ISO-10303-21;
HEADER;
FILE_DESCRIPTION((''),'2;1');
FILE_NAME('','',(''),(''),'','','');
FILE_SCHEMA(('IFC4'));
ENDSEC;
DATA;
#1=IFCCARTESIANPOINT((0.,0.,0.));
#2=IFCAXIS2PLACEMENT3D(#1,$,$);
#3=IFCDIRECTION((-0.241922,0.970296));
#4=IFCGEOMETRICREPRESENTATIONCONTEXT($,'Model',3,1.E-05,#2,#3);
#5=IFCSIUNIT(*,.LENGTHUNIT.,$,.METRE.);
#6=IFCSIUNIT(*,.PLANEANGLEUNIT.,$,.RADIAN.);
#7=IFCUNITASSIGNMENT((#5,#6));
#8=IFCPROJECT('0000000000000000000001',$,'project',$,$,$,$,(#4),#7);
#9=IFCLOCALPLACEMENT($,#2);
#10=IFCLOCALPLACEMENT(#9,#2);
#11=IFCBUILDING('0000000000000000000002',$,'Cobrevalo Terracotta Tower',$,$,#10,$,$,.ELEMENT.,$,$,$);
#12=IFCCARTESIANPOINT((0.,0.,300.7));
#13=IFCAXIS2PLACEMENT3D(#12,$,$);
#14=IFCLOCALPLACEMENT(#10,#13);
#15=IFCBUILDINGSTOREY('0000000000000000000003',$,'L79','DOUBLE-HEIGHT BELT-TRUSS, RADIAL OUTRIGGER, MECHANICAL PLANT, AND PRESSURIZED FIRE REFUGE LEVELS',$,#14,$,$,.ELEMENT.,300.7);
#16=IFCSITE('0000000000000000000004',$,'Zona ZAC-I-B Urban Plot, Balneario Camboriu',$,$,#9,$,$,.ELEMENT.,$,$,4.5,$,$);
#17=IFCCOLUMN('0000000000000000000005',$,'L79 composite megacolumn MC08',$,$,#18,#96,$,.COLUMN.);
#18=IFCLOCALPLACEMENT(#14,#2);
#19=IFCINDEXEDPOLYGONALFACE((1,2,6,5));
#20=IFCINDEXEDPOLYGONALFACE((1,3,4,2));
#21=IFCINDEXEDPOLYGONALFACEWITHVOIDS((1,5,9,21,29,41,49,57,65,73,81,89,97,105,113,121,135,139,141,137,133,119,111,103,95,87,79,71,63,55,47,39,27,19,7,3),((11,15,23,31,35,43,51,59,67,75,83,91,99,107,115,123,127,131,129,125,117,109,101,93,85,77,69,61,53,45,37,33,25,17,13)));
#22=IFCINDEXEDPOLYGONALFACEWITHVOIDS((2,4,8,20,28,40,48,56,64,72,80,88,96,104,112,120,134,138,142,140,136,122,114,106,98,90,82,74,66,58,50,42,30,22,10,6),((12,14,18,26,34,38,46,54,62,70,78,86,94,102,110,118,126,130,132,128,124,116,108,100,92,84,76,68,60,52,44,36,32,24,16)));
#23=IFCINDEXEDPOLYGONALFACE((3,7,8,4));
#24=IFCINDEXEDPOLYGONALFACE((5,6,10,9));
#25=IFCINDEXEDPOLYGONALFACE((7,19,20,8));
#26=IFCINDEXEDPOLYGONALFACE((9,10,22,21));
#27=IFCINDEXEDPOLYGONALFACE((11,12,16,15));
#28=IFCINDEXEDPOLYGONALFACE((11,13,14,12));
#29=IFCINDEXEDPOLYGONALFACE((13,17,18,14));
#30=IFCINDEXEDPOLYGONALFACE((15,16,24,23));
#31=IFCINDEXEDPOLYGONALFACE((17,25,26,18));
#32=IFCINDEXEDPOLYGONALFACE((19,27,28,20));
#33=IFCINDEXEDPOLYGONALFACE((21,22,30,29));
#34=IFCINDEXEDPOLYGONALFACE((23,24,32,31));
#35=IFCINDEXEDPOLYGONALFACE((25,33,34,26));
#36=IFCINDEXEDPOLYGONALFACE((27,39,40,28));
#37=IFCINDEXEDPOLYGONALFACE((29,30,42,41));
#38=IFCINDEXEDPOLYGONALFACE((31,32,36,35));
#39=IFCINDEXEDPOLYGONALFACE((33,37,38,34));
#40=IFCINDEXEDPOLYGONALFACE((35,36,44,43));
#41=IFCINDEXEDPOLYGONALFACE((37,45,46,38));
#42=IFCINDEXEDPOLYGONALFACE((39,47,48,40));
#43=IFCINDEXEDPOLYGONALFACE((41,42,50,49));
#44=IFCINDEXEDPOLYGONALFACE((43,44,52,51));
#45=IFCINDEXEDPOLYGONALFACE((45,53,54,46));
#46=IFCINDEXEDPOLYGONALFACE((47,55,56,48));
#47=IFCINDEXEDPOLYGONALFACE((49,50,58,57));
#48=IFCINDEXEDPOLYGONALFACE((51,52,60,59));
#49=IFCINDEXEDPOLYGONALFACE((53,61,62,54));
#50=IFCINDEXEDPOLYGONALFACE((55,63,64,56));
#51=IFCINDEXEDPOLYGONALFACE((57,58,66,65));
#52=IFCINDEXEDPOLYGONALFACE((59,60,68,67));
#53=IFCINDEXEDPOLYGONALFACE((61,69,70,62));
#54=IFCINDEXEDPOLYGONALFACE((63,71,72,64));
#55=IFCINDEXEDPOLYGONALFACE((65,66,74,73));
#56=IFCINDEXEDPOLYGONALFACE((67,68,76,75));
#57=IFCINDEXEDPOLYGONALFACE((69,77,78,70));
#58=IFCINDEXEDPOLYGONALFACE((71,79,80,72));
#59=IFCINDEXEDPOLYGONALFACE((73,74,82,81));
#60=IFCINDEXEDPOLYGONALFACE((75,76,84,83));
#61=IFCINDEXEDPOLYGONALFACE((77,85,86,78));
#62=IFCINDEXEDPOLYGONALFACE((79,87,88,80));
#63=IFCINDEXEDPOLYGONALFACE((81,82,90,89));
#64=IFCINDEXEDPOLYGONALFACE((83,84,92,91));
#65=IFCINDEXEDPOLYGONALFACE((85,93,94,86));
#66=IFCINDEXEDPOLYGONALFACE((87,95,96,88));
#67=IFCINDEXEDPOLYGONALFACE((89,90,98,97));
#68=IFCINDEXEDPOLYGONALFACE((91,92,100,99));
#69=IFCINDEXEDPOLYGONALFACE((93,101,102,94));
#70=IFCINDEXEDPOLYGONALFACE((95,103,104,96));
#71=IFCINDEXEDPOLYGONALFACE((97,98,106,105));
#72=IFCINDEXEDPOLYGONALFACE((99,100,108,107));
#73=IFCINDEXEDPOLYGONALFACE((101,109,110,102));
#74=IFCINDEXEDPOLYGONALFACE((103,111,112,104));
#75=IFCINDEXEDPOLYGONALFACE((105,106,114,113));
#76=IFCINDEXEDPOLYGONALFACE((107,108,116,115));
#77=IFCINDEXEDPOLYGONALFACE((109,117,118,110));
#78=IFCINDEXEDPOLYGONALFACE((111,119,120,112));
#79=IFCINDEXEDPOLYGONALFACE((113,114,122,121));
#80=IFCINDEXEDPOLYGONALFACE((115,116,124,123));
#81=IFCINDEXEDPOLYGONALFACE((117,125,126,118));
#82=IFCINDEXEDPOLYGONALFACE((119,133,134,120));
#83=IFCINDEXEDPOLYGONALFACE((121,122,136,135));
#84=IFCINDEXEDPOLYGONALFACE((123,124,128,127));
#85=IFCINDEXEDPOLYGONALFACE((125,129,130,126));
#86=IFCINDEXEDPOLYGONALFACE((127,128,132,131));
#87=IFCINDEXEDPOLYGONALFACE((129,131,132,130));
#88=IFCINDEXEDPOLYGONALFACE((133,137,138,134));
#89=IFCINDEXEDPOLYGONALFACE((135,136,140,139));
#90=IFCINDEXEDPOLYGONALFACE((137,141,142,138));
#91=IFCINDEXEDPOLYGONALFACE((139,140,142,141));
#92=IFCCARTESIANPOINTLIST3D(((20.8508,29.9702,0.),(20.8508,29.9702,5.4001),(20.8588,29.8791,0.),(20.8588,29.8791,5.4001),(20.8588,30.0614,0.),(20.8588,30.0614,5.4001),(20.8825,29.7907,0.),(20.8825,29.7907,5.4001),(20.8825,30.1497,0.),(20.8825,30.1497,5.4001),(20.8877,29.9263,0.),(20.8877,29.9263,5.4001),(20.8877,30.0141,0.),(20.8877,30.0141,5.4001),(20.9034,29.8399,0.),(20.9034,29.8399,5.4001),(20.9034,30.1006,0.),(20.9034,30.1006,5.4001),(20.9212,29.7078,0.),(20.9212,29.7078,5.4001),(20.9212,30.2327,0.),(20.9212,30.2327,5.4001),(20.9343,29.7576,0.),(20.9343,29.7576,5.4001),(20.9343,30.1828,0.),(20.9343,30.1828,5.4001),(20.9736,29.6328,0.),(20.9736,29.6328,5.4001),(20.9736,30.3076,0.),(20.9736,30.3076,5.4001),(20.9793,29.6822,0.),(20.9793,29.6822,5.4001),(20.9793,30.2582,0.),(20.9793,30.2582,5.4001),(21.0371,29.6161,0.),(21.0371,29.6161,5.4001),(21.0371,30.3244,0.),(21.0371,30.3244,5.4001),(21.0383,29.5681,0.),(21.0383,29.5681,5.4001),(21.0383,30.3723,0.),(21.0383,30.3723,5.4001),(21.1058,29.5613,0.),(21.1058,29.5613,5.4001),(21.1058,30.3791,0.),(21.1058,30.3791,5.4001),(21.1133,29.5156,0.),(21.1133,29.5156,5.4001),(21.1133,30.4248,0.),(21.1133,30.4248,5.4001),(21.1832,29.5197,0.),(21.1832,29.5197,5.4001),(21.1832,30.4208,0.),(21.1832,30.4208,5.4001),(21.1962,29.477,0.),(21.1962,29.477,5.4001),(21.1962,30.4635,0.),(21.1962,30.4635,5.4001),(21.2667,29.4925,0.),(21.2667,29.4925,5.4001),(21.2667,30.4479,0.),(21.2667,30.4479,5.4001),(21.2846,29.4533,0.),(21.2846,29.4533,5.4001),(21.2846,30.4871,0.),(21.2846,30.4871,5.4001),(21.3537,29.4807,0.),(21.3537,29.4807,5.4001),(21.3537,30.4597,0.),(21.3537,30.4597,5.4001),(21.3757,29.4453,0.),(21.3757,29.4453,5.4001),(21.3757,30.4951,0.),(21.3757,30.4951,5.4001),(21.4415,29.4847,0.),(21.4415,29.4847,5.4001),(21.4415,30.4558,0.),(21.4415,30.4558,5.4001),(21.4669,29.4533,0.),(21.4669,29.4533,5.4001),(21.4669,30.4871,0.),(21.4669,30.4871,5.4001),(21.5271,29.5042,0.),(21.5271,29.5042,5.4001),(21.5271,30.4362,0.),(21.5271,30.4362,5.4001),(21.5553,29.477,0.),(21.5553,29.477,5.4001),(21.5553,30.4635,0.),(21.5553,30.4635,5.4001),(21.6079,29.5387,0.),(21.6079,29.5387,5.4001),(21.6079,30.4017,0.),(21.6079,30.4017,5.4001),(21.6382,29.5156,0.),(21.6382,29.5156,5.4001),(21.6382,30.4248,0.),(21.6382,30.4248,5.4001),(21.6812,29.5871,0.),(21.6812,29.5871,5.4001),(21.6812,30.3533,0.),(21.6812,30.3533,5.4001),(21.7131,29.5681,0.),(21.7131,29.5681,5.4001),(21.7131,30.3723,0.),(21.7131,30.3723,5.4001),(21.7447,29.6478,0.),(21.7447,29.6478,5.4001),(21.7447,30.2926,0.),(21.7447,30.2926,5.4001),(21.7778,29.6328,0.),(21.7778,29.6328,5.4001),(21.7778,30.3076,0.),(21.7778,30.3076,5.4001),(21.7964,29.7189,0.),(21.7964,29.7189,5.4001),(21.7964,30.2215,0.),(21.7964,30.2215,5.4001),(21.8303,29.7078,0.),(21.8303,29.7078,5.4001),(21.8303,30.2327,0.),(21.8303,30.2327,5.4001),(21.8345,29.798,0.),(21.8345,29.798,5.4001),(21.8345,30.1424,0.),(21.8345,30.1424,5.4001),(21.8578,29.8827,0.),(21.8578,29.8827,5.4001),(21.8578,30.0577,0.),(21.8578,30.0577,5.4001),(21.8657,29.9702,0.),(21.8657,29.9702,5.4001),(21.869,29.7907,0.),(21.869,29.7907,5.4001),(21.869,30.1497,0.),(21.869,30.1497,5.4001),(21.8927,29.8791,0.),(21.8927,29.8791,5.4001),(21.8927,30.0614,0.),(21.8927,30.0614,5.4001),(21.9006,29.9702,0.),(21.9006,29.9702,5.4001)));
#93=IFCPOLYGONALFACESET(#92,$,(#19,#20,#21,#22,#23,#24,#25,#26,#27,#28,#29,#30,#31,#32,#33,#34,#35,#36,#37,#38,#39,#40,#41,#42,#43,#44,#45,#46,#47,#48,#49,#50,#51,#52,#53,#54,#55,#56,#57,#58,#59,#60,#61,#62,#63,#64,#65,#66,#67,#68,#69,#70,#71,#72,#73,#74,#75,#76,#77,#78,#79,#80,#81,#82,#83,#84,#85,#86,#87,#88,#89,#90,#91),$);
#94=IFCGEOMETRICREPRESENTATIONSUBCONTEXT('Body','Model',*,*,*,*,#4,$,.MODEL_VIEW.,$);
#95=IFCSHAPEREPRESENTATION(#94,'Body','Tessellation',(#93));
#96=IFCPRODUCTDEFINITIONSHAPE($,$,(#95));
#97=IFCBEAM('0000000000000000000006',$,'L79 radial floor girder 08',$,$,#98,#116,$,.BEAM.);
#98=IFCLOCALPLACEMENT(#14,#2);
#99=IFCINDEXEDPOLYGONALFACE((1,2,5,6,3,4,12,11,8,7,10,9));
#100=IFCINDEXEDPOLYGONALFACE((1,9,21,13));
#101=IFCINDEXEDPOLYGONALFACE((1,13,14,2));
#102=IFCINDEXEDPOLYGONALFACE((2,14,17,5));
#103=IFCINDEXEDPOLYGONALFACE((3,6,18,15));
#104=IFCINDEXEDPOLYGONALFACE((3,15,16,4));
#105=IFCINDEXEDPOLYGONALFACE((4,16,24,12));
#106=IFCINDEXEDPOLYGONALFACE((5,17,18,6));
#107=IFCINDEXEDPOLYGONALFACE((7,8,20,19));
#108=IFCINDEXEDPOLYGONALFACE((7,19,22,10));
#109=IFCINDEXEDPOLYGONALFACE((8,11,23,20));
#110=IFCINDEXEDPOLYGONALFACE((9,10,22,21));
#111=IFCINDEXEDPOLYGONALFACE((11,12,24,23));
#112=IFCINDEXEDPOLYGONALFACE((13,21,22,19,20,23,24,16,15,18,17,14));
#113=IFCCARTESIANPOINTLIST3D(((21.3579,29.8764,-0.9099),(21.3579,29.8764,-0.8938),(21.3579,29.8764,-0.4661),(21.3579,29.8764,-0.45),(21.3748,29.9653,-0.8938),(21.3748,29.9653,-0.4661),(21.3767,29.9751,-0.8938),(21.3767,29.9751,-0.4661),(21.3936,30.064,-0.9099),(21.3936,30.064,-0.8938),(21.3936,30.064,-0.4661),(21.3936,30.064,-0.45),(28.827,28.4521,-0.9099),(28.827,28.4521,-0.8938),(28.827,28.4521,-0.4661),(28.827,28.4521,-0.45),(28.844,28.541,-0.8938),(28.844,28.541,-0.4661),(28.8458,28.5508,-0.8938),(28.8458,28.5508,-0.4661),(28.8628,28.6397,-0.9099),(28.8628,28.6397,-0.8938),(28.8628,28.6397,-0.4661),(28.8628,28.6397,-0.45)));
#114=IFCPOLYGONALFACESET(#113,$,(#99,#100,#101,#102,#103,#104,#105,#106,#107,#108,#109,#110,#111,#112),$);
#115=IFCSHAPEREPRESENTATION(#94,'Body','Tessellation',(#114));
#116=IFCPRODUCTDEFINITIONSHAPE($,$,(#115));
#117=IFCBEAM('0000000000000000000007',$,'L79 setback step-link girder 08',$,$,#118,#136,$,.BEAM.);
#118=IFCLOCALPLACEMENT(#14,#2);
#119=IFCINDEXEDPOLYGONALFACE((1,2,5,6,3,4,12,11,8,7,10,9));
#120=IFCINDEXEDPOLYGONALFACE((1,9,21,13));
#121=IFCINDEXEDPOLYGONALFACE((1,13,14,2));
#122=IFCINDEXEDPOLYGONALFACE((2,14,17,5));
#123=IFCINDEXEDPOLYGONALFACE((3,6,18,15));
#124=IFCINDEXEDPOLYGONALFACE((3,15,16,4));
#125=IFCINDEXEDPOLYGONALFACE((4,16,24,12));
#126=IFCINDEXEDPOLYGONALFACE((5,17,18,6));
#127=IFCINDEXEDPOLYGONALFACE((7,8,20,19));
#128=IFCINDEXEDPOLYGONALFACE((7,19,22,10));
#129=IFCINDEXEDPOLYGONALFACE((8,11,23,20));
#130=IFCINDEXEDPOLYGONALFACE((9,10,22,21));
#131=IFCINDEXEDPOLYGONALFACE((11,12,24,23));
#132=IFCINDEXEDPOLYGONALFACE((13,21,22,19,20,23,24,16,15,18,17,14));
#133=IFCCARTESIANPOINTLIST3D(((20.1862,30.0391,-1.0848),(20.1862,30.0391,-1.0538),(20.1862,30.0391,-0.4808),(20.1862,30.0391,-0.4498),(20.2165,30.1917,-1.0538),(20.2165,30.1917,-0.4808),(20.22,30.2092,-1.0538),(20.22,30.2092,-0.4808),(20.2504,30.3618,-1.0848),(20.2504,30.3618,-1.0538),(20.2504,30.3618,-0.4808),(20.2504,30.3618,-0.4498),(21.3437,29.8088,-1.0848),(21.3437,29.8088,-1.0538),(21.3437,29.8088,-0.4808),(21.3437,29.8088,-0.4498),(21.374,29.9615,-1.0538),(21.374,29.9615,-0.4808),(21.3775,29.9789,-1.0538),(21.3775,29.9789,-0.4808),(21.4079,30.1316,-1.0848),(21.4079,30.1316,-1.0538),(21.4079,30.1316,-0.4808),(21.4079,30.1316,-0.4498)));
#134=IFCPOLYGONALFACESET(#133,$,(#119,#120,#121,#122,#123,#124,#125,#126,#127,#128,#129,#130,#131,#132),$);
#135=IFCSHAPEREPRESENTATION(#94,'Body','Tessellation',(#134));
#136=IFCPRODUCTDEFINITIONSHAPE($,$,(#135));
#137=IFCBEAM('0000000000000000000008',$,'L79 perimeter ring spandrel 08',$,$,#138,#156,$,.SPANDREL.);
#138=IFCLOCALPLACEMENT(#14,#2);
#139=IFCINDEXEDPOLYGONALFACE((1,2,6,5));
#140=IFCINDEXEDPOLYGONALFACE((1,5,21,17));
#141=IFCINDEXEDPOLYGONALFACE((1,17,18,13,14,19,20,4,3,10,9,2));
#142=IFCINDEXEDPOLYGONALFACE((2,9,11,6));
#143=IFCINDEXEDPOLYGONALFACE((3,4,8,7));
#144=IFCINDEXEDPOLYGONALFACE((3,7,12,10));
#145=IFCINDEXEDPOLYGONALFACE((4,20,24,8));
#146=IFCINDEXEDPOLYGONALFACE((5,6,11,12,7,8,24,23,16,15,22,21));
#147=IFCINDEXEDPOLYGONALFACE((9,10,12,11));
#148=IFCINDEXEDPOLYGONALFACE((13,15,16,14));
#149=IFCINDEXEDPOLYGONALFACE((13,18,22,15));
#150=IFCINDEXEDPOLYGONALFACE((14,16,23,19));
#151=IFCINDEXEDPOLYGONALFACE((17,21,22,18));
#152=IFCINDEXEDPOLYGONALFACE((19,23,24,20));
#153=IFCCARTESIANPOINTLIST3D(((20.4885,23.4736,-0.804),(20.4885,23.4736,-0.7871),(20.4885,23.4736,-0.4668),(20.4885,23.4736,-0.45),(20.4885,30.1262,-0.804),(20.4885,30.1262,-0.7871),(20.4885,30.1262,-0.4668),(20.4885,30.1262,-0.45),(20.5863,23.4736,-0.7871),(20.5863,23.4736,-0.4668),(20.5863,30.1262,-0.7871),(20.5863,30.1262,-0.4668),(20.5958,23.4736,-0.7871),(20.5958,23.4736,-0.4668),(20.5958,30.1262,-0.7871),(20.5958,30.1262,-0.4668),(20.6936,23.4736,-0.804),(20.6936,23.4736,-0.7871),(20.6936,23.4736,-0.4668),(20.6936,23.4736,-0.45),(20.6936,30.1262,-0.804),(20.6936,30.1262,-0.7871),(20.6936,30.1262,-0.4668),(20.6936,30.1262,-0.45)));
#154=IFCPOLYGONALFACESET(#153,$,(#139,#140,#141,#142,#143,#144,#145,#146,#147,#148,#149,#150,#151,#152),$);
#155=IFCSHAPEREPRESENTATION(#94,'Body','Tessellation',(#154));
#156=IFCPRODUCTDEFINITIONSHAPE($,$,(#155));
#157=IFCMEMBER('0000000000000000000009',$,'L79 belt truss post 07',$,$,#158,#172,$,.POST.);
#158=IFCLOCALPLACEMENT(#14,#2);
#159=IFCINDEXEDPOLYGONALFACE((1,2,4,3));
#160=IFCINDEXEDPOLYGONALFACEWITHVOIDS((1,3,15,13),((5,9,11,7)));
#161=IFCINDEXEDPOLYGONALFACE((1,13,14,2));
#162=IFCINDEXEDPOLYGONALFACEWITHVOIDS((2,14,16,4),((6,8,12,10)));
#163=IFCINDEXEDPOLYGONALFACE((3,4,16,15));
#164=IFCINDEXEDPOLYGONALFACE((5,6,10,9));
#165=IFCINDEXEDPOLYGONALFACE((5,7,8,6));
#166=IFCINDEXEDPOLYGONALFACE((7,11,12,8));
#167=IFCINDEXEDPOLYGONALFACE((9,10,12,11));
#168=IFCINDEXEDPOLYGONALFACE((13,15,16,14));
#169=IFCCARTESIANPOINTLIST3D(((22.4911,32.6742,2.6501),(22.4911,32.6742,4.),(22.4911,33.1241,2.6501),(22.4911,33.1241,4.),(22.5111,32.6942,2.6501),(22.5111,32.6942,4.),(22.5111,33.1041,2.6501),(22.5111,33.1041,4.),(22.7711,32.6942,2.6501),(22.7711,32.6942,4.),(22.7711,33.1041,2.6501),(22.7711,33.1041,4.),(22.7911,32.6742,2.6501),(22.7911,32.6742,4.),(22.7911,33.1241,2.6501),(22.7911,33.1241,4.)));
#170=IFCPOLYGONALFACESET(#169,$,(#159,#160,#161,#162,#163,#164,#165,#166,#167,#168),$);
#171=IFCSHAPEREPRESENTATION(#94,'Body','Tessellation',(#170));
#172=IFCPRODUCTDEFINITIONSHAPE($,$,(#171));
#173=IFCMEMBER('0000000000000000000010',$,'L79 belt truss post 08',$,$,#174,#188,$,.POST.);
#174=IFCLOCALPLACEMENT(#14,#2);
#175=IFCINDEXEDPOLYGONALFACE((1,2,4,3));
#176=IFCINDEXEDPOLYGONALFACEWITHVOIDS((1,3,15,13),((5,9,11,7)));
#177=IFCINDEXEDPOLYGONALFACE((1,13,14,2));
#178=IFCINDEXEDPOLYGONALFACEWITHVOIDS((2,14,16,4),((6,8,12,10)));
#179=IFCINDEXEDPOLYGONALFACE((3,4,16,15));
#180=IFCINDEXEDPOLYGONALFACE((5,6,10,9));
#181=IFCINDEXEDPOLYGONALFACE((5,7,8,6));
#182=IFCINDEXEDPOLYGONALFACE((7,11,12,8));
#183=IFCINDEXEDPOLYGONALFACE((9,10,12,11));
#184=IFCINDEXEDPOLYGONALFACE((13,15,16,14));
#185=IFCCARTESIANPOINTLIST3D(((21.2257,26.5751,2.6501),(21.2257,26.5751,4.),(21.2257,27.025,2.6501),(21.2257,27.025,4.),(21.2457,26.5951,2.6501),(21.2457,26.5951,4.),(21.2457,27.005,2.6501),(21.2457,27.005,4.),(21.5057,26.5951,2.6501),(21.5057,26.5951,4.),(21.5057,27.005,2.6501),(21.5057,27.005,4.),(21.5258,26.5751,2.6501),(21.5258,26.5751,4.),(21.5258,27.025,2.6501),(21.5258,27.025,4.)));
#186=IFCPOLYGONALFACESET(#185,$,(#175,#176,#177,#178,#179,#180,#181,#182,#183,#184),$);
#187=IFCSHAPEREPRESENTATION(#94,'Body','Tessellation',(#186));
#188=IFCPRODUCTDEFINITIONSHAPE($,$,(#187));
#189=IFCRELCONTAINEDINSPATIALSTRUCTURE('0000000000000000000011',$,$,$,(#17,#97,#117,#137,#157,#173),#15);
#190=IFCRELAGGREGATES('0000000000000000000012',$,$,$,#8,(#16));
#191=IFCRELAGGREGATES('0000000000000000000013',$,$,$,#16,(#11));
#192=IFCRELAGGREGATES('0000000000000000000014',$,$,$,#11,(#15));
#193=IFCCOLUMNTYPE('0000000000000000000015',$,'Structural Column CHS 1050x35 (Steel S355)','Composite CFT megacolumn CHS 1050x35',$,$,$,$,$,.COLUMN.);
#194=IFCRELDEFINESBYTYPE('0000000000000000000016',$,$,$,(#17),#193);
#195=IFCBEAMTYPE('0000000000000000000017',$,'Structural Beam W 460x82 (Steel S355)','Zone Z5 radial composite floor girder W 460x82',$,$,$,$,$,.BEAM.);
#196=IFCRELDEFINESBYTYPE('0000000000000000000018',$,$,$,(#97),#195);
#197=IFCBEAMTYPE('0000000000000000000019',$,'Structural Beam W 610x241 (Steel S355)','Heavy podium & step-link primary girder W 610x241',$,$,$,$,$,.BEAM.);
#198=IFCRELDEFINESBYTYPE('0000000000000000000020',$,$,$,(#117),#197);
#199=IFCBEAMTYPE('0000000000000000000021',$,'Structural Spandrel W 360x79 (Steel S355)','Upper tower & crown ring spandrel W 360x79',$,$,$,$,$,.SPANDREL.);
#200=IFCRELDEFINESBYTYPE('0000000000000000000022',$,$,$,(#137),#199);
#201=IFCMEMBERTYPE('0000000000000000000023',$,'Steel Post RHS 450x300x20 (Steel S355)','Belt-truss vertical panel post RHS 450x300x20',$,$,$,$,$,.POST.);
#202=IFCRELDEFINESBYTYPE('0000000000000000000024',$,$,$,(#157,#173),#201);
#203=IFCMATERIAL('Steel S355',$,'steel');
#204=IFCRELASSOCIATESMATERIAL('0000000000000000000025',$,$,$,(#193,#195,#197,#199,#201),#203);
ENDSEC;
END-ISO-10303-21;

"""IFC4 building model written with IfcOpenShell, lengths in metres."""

from ifc_helpers import new_model, si_unit, direction, frame, origin, origin_2d, place, context, subcontext, project, spatial, hollow_rectangle, hollow_circle, i_section, extrude, source, transform, mapped, material, material_profile, profile_set, type_object, element, save


model = new_model("IFC4")

# Units and contexts
model_context = context("Model", 3, precision=1e-05, world=origin(), true_north=direction((-0.241922, 0.970296)))
body_context = subcontext(model_context, "Body", "Model", "MODEL_VIEW")
ifc_project = project(units=[si_unit("LENGTHUNIT", "METRE"), si_unit("PLANEANGLEUNIT", "RADIAN")], contexts=[model_context])

# Site, building, storey
site_placement = place(None, origin())
site = spatial("IfcSite", under=ifc_project, at=site_placement, Name="Zona ZAC-I-B Urban Plot, Balneario Camboriu", CompositionType="ELEMENT", RefElevation=4.5)
building_placement = place(site_placement, origin())
building = spatial("IfcBuilding", under=site, at=building_placement, Name="Cobrevalo Terracotta Tower", CompositionType="ELEMENT")
storey_placement = place(building_placement, frame((0.0, 0.0, 300.7)))
storey = spatial("IfcBuildingStorey", under=building, at=storey_placement, Name="L79", Description="DOUBLE-HEIGHT BELT-TRUSS, RADIAL OUTRIGGER, MECHANICAL PLANT, AND PRESSURIZED FIRE REFUGE LEVELS", CompositionType="ELEMENT", Elevation=300.7)

# Column
ifc_material_1 = material(Name="Steel S355", Category="steel")
ifc_material_profile_1 = material_profile(ifc_material_1, hollow_circle(Radius=0.5249, WallThickness=0.0349, at=origin_2d()), Name="CHS 1050x35")
ifc_profile_set_1 = profile_set([ifc_material_profile_1], Name="Steel S355")
column_type = type_object("IfcColumnType", Name="Structural Column CHS 1050x35 (Steel S355)", Description="Composite CFT megacolumn CHS 1050x35", PredefinedType="COLUMN", material=ifc_profile_set_1)
column_placement = place(storey_placement, frame((21.3757, 29.9702, 0.0), z_axis=(0.0, 0.0, 1.0), x_axis=(1.0, 0.0, 0.0)))
element("IfcColumn", 1, at=column_placement, inside=storey, type_object=column_type, Name="L79 composite megacolumn MC08", PredefinedType="COLUMN", context=body_context, shape_type="SweptSolid", body=[
    extrude(hollow_circle(Radius=0.5249, WallThickness=0.0349, at=origin_2d()), origin(), (0.0, 0.0, 1.0), 5.4001),
])

# Beams
ifc_material_profile_2 = material_profile(ifc_material_1, i_section(OverallWidth=0.1909, OverallDepth=0.46, WebThickness=0.01, FlangeThickness=0.0161, at=origin_2d()), Name="W 460x82")
ifc_profile_set_2 = profile_set([ifc_material_profile_2], Name="Steel S355")
beam_type_1 = type_object("IfcBeamType", Name="Structural Beam W 460x82 (Steel S355)", Description="Zone Z5 radial composite floor girder W 460x82", PredefinedType="BEAM", material=ifc_profile_set_2)
beam_1_placement = place(storey_placement, frame((21.3757, 29.9702, -0.6799), z_axis=(0.9823, -0.187316, 0.0), x_axis=(0.187316, 0.9823, 0.0)))
element("IfcBeam", 2, at=beam_1_placement, inside=storey, type_object=beam_type_1, Name="L79 radial floor girder 08", PredefinedType="BEAM", context=body_context, shape_type="SweptSolid", body=[
    extrude(i_section(OverallWidth=0.1909, OverallDepth=0.46, WebThickness=0.01, FlangeThickness=0.0161, at=origin_2d()), origin(), (0.0, 0.0, 1.0), 7.6038),
])
ifc_material_profile_3 = material_profile(ifc_material_1, i_section(OverallWidth=0.3291, OverallDepth=0.635, WebThickness=0.0178, FlangeThickness=0.031, at=origin_2d()), Name="W 610x241")
ifc_profile_set_3 = profile_set([ifc_material_profile_3], Name="Steel S355")
beam_type_2 = type_object("IfcBeamType", Name="Structural Beam W 610x241 (Steel S355)", Description="Heavy podium & step-link primary girder W 610x241", PredefinedType="BEAM", material=ifc_profile_set_3)
beam_2_placement = place(storey_placement, frame((20.2183, 30.2004, -0.7673), z_axis=(0.980787, -0.195082, 0.0), x_axis=(0.195082, 0.980787, 0.0)))
element("IfcBeam", 3, at=beam_2_placement, inside=storey, type_object=beam_type_2, Name="L79 setback step-link girder 08", PredefinedType="BEAM", context=body_context, shape_type="SweptSolid", body=[
    extrude(i_section(OverallWidth=0.3291, OverallDepth=0.635, WebThickness=0.0178, FlangeThickness=0.031, at=origin_2d()), origin(), (0.0, 0.0, 1.0), 1.1802),
])
ifc_material_profile_4 = material_profile(ifc_material_1, i_section(OverallWidth=0.2051, OverallDepth=0.354, WebThickness=0.0095, FlangeThickness=0.0168, at=origin_2d()), Name="W 360x79")
ifc_profile_set_4 = profile_set([ifc_material_profile_4], Name="Steel S355")
beam_type_3 = type_object("IfcBeamType", Name="Structural Spandrel W 360x79 (Steel S355)", Description="Upper tower & crown ring spandrel W 360x79", PredefinedType="SPANDREL", material=ifc_profile_set_4)
beam_3_placement = place(storey_placement, frame((20.5911, 30.1262, -0.627), z_axis=(0.0, -1.0, 0.0), x_axis=(1.0, 0.0, 0.0)))
element("IfcBeam", 4, at=beam_3_placement, inside=storey, type_object=beam_type_3, Name="L79 perimeter ring spandrel 08", PredefinedType="SPANDREL", context=body_context, shape_type="SweptSolid", body=[
    extrude(i_section(OverallWidth=0.2051, OverallDepth=0.354, WebThickness=0.0095, FlangeThickness=0.0168, at=origin_2d()), origin(), (0.0, 0.0, 1.0), 6.6526),
])

# Members
ifc_material_profile_5 = material_profile(ifc_material_1, hollow_rectangle(XDim=0.3, YDim=0.45, WallThickness=0.02, at=origin_2d()), Name="RHS 450x300x20")
ifc_profile_set_5 = profile_set([ifc_material_profile_5], Name="Steel S355")
member_type_1 = type_object("IfcMemberType", Name="Steel Post RHS 450x300x20 (Steel S355)", Description="Belt-truss vertical panel post RHS 450x300x20", PredefinedType="POST", material=ifc_profile_set_5)
shared_shape_1 = source(origin(), body_context, "Body", "SweptSolid", [
    extrude(hollow_rectangle(XDim=0.3, YDim=0.45, WallThickness=0.02, at=origin_2d()), origin(), (0.0, 0.0, 1.0), 1.3499),
])
for number, where, z_axis, x_axis, name in (
    (5, (22.6411, 32.8992, 2.6501), (0.0, 0.0, 1.0), (1.0, 0.0, 0.0), "L79 belt truss post 07"),
    (6, (21.3757, 26.8, 2.6501), (0.0, 0.0, 1.0), (1.0, 0.0, 0.0), "L79 belt truss post 08"),
):
    element("IfcMember", number, at=place(storey_placement, frame(where, z_axis=z_axis, x_axis=x_axis)), inside=storey, type_object=member_type_1, Name=name, PredefinedType="POST", context=body_context, shape_type="MappedRepresentation", body=[
        mapped(shared_shape_1, transform((0.0, 0.0, 0.0), scale=1.0)),
    ])

save(model, "model.ifc")
